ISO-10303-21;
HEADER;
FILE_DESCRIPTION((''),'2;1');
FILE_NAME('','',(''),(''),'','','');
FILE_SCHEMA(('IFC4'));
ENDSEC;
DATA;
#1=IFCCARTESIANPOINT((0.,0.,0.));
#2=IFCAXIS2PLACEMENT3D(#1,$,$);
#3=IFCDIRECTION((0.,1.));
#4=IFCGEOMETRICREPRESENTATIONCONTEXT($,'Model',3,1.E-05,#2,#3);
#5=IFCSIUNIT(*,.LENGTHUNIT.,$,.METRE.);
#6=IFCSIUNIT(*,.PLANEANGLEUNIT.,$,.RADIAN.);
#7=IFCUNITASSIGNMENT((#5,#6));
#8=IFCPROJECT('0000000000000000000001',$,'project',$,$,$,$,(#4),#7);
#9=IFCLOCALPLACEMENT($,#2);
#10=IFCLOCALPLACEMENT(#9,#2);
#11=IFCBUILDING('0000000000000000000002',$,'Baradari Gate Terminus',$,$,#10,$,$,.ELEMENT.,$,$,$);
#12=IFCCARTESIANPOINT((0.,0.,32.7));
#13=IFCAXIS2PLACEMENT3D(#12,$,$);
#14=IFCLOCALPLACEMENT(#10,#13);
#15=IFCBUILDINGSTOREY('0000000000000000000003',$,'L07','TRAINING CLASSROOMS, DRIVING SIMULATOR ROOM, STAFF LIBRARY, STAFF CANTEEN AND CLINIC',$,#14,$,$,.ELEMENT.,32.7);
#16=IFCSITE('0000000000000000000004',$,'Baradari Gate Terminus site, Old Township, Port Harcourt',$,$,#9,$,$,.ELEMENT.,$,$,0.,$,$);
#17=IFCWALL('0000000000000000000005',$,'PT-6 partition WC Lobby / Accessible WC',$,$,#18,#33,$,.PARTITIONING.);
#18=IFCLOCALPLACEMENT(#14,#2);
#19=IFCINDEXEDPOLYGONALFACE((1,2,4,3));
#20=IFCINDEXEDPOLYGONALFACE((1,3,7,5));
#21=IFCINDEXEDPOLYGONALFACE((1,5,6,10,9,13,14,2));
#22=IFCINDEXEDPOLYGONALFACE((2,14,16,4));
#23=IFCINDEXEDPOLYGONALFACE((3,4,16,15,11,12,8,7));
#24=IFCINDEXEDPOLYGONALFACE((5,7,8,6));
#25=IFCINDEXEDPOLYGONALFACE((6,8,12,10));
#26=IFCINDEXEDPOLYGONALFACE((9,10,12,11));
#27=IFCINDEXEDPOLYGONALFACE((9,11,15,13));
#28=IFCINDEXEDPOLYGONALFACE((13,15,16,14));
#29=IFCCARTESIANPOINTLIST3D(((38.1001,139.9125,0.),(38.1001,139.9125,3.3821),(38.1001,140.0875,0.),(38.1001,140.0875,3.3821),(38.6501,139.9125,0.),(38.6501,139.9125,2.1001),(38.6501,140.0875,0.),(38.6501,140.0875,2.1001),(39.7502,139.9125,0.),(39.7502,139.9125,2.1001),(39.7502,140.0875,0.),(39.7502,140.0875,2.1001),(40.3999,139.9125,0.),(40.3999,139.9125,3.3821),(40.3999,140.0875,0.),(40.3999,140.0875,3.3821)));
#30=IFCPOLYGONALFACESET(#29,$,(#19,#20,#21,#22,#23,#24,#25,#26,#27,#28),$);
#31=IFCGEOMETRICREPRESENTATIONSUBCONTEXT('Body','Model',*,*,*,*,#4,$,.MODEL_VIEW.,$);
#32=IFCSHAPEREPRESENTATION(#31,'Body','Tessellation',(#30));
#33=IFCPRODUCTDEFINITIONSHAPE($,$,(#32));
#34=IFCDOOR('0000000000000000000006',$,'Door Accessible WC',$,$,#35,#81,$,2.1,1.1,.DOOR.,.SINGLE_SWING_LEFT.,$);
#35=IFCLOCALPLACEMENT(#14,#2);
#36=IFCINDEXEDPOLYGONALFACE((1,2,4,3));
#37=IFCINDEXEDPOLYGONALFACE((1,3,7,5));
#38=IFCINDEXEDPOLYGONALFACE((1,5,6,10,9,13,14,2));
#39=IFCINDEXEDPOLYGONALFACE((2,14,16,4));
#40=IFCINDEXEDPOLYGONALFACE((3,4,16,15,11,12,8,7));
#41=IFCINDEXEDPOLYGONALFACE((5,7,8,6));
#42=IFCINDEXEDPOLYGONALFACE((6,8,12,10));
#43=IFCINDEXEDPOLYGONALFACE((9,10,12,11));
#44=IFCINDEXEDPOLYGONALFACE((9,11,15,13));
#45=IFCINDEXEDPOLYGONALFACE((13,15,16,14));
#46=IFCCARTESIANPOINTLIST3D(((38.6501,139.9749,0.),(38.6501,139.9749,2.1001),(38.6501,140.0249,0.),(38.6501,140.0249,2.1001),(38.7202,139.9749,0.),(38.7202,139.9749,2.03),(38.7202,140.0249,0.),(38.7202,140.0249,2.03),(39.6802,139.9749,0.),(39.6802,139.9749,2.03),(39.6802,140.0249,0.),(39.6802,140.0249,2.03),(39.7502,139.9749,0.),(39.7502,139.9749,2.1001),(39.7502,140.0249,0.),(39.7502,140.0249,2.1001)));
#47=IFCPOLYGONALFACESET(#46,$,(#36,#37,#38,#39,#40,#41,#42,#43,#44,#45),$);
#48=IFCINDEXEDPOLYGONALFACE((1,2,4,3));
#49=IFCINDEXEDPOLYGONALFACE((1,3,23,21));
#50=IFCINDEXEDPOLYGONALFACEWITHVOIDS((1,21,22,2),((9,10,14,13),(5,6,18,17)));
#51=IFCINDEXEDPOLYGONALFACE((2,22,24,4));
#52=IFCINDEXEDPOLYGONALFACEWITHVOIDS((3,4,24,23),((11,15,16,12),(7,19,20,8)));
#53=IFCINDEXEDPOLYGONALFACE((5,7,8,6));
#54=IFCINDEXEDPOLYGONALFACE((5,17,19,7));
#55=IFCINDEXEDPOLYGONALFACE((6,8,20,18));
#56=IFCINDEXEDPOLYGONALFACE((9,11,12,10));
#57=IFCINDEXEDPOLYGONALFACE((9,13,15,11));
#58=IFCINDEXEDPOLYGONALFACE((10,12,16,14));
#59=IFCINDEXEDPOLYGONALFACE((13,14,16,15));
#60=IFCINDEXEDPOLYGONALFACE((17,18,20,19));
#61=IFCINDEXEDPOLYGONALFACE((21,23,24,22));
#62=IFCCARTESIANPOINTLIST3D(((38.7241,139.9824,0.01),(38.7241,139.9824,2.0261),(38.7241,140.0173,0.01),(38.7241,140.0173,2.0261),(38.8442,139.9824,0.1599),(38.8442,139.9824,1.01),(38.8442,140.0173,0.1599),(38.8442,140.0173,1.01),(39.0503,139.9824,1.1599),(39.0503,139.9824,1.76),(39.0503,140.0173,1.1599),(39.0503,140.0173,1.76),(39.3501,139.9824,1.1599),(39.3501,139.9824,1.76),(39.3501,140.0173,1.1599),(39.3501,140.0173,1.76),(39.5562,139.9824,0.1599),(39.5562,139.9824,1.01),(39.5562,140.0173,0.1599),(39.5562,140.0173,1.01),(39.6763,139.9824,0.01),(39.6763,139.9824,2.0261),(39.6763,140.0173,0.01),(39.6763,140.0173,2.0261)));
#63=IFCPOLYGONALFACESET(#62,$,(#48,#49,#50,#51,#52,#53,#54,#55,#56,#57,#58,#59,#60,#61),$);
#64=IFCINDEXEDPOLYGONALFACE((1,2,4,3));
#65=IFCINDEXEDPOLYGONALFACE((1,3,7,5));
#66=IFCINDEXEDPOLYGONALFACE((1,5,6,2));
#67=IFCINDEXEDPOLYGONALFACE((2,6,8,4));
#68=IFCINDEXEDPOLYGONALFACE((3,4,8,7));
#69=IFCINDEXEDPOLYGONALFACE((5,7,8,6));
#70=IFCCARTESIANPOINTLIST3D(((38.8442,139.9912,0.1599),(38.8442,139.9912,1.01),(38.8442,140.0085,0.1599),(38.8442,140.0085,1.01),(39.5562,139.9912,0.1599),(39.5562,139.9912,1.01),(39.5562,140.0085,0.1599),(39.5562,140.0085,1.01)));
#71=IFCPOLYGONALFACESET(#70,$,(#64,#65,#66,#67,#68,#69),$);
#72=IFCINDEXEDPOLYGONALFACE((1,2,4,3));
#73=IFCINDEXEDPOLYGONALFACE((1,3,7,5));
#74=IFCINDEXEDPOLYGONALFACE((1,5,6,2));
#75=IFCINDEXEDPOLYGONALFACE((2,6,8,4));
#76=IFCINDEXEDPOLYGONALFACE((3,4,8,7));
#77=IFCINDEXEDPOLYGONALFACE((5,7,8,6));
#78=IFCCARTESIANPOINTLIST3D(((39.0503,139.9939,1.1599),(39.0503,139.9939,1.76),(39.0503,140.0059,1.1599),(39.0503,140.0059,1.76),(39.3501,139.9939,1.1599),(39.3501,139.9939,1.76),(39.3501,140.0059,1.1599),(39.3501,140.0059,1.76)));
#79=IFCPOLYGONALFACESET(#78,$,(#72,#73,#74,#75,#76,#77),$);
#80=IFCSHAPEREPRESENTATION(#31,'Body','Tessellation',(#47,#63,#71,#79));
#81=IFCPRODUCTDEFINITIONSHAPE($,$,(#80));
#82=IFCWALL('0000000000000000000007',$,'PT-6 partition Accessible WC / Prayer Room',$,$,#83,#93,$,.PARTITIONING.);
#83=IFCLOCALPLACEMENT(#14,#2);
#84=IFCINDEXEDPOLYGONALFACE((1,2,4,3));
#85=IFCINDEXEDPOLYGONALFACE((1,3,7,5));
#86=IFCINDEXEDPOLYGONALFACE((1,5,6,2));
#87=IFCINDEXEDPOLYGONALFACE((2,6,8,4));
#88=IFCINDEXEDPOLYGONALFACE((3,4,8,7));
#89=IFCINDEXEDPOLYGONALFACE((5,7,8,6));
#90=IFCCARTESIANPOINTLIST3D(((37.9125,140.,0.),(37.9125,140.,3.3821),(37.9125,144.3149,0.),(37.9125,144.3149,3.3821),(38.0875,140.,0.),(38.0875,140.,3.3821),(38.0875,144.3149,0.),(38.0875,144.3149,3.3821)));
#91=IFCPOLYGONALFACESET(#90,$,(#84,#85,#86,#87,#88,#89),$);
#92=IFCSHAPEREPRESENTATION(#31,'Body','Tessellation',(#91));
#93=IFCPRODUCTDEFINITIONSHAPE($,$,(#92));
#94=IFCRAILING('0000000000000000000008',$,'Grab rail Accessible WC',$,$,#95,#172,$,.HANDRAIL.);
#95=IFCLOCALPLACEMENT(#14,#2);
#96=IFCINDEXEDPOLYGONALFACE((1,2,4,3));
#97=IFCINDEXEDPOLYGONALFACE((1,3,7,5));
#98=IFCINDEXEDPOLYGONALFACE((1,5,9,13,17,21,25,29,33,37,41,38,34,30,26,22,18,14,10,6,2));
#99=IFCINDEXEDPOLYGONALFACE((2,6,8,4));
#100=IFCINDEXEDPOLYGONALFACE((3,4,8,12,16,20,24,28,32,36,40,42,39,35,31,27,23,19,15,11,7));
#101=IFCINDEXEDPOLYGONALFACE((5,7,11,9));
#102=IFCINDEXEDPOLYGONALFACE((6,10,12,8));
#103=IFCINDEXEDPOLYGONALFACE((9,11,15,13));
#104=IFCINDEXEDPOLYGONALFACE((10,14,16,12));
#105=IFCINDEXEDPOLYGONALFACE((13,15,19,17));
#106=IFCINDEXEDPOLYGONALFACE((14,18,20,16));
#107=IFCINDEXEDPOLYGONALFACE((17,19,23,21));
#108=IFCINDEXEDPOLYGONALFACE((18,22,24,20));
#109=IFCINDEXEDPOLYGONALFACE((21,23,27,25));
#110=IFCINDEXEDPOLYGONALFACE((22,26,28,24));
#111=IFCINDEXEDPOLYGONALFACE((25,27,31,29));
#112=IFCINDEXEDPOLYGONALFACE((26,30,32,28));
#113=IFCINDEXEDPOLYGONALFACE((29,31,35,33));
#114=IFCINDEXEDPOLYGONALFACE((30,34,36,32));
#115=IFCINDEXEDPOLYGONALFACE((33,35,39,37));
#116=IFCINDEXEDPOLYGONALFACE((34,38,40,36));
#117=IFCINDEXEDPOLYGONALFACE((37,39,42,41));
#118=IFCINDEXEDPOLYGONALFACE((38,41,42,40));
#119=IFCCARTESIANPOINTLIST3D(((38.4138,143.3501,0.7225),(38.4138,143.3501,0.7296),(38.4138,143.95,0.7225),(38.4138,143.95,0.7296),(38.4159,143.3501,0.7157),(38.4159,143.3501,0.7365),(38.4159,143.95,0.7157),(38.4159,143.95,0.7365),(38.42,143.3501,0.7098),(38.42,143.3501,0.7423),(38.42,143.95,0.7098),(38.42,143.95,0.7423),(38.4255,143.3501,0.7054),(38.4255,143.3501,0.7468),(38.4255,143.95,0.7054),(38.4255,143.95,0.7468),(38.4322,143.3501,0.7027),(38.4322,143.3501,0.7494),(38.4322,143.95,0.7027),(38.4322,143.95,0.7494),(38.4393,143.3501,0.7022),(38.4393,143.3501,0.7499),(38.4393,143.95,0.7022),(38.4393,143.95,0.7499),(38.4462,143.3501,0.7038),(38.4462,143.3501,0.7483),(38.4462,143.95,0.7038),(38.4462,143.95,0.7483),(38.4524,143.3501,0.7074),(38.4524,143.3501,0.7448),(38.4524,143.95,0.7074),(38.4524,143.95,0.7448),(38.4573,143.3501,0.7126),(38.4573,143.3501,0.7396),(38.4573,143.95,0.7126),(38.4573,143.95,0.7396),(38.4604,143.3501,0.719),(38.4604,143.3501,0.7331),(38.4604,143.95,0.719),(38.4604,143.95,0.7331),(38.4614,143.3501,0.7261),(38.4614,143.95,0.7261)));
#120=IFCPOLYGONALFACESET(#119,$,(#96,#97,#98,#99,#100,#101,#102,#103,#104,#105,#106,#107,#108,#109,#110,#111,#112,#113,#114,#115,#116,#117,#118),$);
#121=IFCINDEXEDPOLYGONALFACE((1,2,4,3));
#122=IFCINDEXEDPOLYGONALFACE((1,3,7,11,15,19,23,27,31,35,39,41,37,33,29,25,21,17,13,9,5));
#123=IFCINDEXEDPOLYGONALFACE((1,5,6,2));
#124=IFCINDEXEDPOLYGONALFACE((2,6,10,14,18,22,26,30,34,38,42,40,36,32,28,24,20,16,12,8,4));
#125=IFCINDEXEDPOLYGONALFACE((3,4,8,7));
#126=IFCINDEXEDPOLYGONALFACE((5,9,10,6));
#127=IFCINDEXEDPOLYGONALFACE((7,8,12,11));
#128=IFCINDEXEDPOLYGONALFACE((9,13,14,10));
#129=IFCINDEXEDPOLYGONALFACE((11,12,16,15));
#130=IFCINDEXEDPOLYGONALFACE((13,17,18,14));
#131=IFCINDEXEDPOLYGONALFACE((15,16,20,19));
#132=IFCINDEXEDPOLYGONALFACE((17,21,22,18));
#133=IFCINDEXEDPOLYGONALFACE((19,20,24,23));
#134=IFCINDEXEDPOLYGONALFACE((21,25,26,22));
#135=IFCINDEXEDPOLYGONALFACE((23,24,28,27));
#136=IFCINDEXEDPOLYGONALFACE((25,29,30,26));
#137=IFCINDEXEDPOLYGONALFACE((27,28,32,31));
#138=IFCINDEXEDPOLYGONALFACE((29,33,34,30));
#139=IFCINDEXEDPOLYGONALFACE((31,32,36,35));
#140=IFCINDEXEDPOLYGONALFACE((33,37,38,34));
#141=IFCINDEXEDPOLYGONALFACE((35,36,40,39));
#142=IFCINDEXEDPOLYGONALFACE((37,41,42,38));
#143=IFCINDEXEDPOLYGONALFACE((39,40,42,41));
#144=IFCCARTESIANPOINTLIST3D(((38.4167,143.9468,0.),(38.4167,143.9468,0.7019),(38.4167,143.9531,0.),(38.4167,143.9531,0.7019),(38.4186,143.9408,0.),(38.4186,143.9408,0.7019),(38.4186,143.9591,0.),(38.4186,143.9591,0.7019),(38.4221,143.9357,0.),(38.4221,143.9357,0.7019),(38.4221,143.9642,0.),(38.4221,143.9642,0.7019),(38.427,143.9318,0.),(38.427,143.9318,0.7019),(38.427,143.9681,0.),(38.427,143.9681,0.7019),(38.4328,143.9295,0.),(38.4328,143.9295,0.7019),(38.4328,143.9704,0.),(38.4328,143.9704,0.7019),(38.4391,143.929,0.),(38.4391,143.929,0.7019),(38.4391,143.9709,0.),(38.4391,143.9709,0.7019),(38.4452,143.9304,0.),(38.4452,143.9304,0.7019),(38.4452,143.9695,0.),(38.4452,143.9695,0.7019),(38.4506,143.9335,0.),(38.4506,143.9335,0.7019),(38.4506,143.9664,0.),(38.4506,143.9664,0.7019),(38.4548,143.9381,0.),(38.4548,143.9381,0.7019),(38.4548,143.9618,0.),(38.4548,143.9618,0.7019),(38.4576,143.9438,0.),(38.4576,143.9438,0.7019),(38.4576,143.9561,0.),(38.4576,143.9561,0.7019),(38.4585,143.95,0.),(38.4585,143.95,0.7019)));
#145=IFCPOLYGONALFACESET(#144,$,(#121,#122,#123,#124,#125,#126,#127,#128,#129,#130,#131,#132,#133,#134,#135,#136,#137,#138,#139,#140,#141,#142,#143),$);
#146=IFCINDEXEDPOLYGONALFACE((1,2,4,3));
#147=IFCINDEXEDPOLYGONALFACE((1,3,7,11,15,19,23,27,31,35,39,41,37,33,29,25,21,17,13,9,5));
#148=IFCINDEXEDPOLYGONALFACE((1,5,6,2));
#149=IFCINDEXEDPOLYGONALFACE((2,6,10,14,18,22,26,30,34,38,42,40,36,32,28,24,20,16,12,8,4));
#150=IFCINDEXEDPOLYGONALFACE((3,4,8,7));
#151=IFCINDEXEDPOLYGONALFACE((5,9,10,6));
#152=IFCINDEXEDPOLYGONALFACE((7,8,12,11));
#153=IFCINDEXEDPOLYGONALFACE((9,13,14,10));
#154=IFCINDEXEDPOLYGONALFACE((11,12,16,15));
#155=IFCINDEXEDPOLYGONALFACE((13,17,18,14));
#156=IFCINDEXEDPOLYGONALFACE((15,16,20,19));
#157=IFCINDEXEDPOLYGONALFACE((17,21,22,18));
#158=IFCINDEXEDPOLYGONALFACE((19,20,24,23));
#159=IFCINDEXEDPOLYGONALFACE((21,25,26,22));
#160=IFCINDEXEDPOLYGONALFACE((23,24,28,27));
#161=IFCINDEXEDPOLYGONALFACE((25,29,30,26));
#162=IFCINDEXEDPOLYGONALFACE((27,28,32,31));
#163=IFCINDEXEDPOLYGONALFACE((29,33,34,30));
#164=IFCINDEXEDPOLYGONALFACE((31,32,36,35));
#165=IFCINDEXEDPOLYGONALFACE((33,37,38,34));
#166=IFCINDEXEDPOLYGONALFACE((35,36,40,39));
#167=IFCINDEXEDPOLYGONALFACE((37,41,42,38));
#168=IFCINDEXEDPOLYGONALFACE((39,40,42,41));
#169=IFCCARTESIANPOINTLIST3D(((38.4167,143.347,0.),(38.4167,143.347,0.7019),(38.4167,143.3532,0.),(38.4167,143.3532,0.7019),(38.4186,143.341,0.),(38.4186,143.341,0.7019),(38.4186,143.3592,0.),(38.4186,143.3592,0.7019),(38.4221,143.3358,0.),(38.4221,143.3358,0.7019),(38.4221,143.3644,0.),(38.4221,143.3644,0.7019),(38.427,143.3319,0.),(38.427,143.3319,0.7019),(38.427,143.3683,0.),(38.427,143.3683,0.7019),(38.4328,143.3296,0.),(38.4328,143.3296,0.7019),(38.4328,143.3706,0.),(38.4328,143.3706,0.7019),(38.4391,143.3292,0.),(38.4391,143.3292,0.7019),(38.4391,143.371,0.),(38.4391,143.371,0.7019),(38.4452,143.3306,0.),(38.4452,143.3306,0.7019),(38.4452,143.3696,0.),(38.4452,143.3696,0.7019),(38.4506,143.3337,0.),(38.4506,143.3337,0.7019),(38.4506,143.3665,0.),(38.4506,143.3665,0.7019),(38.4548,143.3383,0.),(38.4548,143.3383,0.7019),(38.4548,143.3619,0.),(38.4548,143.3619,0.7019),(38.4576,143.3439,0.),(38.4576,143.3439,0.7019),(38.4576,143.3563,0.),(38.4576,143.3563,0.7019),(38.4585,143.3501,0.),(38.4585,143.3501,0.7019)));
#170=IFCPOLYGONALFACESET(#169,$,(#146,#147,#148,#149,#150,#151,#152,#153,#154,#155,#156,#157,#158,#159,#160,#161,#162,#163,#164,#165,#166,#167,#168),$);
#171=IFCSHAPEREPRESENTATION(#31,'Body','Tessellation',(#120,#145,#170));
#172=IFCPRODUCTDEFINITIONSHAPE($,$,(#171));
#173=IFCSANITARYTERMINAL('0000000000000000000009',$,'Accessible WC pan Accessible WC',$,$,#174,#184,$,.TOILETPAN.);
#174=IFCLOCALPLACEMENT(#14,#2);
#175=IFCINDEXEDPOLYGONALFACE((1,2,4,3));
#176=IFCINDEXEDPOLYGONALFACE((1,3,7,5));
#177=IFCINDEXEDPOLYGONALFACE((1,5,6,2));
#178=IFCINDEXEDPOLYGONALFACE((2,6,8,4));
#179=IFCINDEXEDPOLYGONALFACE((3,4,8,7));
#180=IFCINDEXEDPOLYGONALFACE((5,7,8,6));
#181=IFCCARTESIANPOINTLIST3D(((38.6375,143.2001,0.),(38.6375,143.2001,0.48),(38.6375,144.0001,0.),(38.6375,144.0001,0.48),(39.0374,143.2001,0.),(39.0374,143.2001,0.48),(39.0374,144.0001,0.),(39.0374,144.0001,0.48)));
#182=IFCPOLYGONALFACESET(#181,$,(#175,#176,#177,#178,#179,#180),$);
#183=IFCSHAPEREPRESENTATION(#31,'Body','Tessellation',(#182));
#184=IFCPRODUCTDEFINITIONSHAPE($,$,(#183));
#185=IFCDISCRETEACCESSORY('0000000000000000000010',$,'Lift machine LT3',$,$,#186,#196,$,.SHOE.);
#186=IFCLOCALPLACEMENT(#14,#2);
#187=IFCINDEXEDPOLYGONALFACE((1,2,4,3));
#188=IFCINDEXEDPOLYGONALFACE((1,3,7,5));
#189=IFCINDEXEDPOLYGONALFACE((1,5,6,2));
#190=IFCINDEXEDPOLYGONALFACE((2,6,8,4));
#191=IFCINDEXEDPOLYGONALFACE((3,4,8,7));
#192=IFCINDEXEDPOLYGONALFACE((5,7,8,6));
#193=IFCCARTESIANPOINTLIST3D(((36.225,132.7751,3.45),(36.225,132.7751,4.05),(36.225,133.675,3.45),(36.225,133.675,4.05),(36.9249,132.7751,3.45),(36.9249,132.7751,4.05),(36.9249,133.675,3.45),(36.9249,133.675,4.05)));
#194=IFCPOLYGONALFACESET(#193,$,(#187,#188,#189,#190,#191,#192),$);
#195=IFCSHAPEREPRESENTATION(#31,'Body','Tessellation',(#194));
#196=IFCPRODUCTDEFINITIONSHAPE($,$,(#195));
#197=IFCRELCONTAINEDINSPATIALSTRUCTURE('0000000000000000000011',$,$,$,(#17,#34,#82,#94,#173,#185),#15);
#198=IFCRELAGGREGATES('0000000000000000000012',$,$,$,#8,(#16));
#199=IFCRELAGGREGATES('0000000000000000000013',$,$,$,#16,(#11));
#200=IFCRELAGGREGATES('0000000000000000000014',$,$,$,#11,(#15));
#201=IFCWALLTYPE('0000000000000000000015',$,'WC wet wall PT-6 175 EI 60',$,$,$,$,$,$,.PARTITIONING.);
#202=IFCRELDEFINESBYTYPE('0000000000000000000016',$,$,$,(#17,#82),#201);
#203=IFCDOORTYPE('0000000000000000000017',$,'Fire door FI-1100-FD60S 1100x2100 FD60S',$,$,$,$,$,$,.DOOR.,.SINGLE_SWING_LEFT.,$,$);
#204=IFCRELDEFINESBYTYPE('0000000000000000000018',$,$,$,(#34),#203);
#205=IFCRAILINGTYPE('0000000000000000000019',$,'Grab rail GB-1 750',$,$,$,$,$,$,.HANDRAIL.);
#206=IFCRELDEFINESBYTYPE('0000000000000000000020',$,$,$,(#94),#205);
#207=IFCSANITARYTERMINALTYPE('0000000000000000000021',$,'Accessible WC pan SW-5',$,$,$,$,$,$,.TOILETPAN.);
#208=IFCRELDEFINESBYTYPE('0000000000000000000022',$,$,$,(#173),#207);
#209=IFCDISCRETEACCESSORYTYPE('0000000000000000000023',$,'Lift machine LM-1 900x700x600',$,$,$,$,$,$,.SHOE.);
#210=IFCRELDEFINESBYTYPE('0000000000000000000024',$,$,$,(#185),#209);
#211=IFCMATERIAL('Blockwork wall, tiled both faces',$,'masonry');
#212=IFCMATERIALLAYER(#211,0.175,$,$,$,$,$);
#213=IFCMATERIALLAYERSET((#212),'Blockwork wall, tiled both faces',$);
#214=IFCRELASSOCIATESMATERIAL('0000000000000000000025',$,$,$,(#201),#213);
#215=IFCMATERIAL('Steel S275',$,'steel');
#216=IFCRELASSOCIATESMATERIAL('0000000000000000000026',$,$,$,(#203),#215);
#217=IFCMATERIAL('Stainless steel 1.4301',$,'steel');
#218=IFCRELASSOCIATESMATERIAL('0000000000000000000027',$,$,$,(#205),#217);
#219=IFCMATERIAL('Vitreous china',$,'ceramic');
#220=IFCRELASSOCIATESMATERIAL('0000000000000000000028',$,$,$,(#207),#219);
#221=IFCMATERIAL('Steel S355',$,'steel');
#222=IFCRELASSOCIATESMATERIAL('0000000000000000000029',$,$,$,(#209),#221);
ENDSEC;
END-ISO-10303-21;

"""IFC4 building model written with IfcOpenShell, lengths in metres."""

from ifc_helpers import new_model, si_unit, direction, frame, frame_2d, origin, origin_2d, place, context, subcontext, project, spatial, polyline, rectangle, circle, outline, extrude, material, layer, layer_set, type_object, element, fill, save


model = new_model("IFC4")

# Units and contexts
model_context = context("Model", 3, precision=1e-05, world=origin(), true_north=direction((0.0, 1.0)))
body_context = subcontext(model_context, "Body", "Model", "MODEL_VIEW")
ifc_project = project(units=[si_unit("LENGTHUNIT", "METRE"), si_unit("PLANEANGLEUNIT", "RADIAN")], contexts=[model_context])

# Site, building, storey
site_placement = place(None, origin())
site = spatial("IfcSite", under=ifc_project, at=site_placement, Name="Baradari Gate Terminus site, Old Township, Port Harcourt", CompositionType="ELEMENT", RefElevation=0.0)
building_placement = place(site_placement, origin())
building = spatial("IfcBuilding", under=site, at=building_placement, Name="Baradari Gate Terminus", CompositionType="ELEMENT")
storey_placement = place(building_placement, frame((0.0, 0.0, 32.7)))
storey = spatial("IfcBuildingStorey", under=building, at=storey_placement, Name="L07", Description="TRAINING CLASSROOMS, DRIVING SIMULATOR ROOM, STAFF LIBRARY, STAFF CANTEEN AND CLINIC", CompositionType="ELEMENT", Elevation=32.7)

# Wall, opening, door
ifc_material_1 = material(Name="Blockwork wall, tiled both faces", Category="masonry")
ifc_layer_1 = layer(ifc_material_1, 0.175)
ifc_layer_set_1 = layer_set([ifc_layer_1], Name="Blockwork wall, tiled both faces")
wall_type_1 = type_object("IfcWallType", Name="WC wet wall PT-6 175 EI 60", PredefinedType="PARTITIONING", material=ifc_layer_set_1)
wall_1_placement = place(storey_placement, frame((38.1001, 140.0, 0.0), z_axis=(0.0, 0.0, 1.0), x_axis=(1.0, 0.0, 0.0)))
wall_1 = element("IfcWall", 1, at=wall_1_placement, inside=storey, type_object=wall_type_1, Name="PT-6 partition WC Lobby / Accessible WC", PredefinedType="PARTITIONING", context=body_context, shape_type="SweptSolid", body=[
    extrude(rectangle(XDim=2.2998, YDim=0.175, at=frame_2d((1.1499, 0.0))), origin(), (0.0, 0.0, 1.0), 3.3821),
])
opening_1_placement = place(wall_1_placement, frame((0.55, 0.0, 0.0)))
opening_1 = element("IfcOpeningElement", 2, at=opening_1_placement, cuts=wall_1, PredefinedType="OPENING", context=body_context, shape_type="SweptSolid", body=[
    extrude(rectangle(XDim=1.1001, YDim=2.1001, at=frame_2d((0.55, 1.05))), frame((0.0, 0.0974, 0.0), z_axis=(0.0, -1.0, 0.0), x_axis=(1.0, 0.0, 0.0)), (0.0, 0.0, 1.0), 0.1951),
])
ifc_material_2 = material(Name="Steel S275", Category="steel")
door_type_1 = type_object("IfcDoorType", Name="Fire door FI-1100-FD60S 1100x2100 FD60S", OperationType="SINGLE_SWING_LEFT", PredefinedType="DOOR", material=ifc_material_2)
door_1_placement = place(opening_1_placement, origin())
door_1 = element("IfcDoor", 3, at=door_1_placement, inside=storey, type_object=door_type_1, Name="Door Accessible WC", OperationType="SINGLE_SWING_LEFT", OverallHeight=2.1, OverallWidth=1.1, PredefinedType="DOOR", context=body_context, shape_type="SweptSolid", body=[
    extrude(outline(polyline([(0.0, 0.0), (0.0701, 0.0), (0.0701, 2.03), (1.03, 2.03), (1.03, 0.0), (1.1001, 0.0), (1.1001, 2.1001), (0.0, 2.1001), (0.0, 0.0)])), frame((0.0, 0.0249, 0.0), z_axis=(0.0, -1.0, 0.0), x_axis=(1.0, 0.0, 0.0)), (0.0, 0.0, 1.0), 0.05),
    extrude(outline(polyline([(0.074, 0.01), (1.0261, 0.01), (1.0261, 2.0261), (0.074, 2.0261), (0.074, 0.01)]), holes=[polyline([(0.1941, 0.1599), (0.906, 0.1599), (0.906, 1.01), (0.1941, 1.01), (0.1941, 0.1599)]), polyline([(0.4001, 1.1599), (0.7, 1.1599), (0.7, 1.76), (0.4001, 1.76), (0.4001, 1.1599)])]), frame((0.0, 0.0173, 0.0), z_axis=(0.0, -1.0, 0.0), x_axis=(1.0, 0.0, 0.0)), (0.0, 0.0, 1.0), 0.0349),
    extrude(rectangle(XDim=0.7119, YDim=0.8501, at=frame_2d((0.55, 0.585))), frame((0.0, 0.0085, 0.0), z_axis=(0.0, -1.0, 0.0), x_axis=(1.0, 0.0, 0.0)), (0.0, 0.0, 1.0), 0.0173),
    extrude(rectangle(XDim=0.2998, YDim=0.6001, at=frame_2d((0.55, 1.46))), frame((0.0, 0.0059, 0.0), z_axis=(0.0, -1.0, 0.0), x_axis=(1.0, 0.0, 0.0)), (0.0, 0.0, 1.0), 0.012),
])
fill(opening_1, door_1)

# Wall
wall_2_placement = place(storey_placement, frame((38.0, 140.0, 0.0), z_axis=(0.0, 0.0, 1.0), x_axis=(0.0, 1.0, 0.0)))
element("IfcWall", 4, at=wall_2_placement, inside=storey, type_object=wall_type_1, Name="PT-6 partition Accessible WC / Prayer Room", PredefinedType="PARTITIONING", context=body_context, shape_type="SweptSolid", body=[
    extrude(rectangle(XDim=4.3149, YDim=0.175, at=frame_2d((2.1575, 0.0))), origin(), (0.0, 0.0, 1.0), 3.3821),
])

# Railing
ifc_material_3 = material(Name="Stainless steel 1.4301", Category="steel")
railing_type = type_object("IfcRailingType", Name="Grab rail GB-1 750", PredefinedType="HANDRAIL", material=ifc_material_3)
railing_placement = place(storey_placement, frame((38.4375, 143.95, 0.0)))
element("IfcRailing", 5, at=railing_placement, inside=storey, type_object=railing_type, Name="Grab rail Accessible WC", PredefinedType="HANDRAIL", context=body_context, shape_type="SweptSolid", body=[
    extrude(circle(Radius=0.0239, at=origin_2d()), frame((0.0, 0.0, 0.7261), z_axis=(0.0, -1.0, 0.0), x_axis=(1.0, 0.0, 0.0)), (0.0, 0.0, 1.0), 0.5999),
    extrude(circle(Radius=0.021, at=origin_2d()), origin(), (0.0, 0.0, 1.0), 0.7019),
    extrude(circle(Radius=0.021, at=origin_2d()), frame((0.0, -0.5999, 0.0)), (0.0, 0.0, 1.0), 0.7019),
])

# Sanitary terminal
ifc_material_4 = material(Name="Vitreous china", Category="ceramic")
sanitary_terminal_type = type_object("IfcSanitaryTerminalType", Name="Accessible WC pan SW-5", PredefinedType="TOILETPAN", material=ifc_material_4)
sanitary_terminal_placement = place(storey_placement, frame((38.8374, 143.6001, 0.0), z_axis=(0.0, 0.0, 1.0), x_axis=(1.0, 0.0, 0.0)))
element("IfcSanitaryTerminal", 6, at=sanitary_terminal_placement, inside=storey, type_object=sanitary_terminal_type, Name="Accessible WC pan Accessible WC", PredefinedType="TOILETPAN", context=body_context, shape_type="SweptSolid", body=[
    extrude(rectangle(XDim=0.3999, YDim=0.8, at=origin_2d()), origin(), (0.0, 0.0, 1.0), 0.48),
])

# Discrete accessory
ifc_material_5 = material(Name="Steel S355", Category="steel")
discrete_accessory_type_1 = type_object("IfcDiscreteAccessoryType", Name="Lift machine LM-1 900x700x600", PredefinedType="SHOE", material=ifc_material_5)
discrete_accessory_placement = place(storey_placement, frame((36.575, 133.2251, 3.45), z_axis=(0.0, 0.0, 1.0), x_axis=(1.0, 0.0, 0.0)))
element("IfcDiscreteAccessory", 7, at=discrete_accessory_placement, inside=storey, type_object=discrete_accessory_type_1, Name="Lift machine LT3", PredefinedType="SHOE", context=body_context, shape_type="SweptSolid", body=[
    extrude(rectangle(XDim=0.7, YDim=0.8999, at=origin_2d()), origin(), (0.0, 0.0, 1.0), 0.6001),
])

save(model, "model.ifc")
